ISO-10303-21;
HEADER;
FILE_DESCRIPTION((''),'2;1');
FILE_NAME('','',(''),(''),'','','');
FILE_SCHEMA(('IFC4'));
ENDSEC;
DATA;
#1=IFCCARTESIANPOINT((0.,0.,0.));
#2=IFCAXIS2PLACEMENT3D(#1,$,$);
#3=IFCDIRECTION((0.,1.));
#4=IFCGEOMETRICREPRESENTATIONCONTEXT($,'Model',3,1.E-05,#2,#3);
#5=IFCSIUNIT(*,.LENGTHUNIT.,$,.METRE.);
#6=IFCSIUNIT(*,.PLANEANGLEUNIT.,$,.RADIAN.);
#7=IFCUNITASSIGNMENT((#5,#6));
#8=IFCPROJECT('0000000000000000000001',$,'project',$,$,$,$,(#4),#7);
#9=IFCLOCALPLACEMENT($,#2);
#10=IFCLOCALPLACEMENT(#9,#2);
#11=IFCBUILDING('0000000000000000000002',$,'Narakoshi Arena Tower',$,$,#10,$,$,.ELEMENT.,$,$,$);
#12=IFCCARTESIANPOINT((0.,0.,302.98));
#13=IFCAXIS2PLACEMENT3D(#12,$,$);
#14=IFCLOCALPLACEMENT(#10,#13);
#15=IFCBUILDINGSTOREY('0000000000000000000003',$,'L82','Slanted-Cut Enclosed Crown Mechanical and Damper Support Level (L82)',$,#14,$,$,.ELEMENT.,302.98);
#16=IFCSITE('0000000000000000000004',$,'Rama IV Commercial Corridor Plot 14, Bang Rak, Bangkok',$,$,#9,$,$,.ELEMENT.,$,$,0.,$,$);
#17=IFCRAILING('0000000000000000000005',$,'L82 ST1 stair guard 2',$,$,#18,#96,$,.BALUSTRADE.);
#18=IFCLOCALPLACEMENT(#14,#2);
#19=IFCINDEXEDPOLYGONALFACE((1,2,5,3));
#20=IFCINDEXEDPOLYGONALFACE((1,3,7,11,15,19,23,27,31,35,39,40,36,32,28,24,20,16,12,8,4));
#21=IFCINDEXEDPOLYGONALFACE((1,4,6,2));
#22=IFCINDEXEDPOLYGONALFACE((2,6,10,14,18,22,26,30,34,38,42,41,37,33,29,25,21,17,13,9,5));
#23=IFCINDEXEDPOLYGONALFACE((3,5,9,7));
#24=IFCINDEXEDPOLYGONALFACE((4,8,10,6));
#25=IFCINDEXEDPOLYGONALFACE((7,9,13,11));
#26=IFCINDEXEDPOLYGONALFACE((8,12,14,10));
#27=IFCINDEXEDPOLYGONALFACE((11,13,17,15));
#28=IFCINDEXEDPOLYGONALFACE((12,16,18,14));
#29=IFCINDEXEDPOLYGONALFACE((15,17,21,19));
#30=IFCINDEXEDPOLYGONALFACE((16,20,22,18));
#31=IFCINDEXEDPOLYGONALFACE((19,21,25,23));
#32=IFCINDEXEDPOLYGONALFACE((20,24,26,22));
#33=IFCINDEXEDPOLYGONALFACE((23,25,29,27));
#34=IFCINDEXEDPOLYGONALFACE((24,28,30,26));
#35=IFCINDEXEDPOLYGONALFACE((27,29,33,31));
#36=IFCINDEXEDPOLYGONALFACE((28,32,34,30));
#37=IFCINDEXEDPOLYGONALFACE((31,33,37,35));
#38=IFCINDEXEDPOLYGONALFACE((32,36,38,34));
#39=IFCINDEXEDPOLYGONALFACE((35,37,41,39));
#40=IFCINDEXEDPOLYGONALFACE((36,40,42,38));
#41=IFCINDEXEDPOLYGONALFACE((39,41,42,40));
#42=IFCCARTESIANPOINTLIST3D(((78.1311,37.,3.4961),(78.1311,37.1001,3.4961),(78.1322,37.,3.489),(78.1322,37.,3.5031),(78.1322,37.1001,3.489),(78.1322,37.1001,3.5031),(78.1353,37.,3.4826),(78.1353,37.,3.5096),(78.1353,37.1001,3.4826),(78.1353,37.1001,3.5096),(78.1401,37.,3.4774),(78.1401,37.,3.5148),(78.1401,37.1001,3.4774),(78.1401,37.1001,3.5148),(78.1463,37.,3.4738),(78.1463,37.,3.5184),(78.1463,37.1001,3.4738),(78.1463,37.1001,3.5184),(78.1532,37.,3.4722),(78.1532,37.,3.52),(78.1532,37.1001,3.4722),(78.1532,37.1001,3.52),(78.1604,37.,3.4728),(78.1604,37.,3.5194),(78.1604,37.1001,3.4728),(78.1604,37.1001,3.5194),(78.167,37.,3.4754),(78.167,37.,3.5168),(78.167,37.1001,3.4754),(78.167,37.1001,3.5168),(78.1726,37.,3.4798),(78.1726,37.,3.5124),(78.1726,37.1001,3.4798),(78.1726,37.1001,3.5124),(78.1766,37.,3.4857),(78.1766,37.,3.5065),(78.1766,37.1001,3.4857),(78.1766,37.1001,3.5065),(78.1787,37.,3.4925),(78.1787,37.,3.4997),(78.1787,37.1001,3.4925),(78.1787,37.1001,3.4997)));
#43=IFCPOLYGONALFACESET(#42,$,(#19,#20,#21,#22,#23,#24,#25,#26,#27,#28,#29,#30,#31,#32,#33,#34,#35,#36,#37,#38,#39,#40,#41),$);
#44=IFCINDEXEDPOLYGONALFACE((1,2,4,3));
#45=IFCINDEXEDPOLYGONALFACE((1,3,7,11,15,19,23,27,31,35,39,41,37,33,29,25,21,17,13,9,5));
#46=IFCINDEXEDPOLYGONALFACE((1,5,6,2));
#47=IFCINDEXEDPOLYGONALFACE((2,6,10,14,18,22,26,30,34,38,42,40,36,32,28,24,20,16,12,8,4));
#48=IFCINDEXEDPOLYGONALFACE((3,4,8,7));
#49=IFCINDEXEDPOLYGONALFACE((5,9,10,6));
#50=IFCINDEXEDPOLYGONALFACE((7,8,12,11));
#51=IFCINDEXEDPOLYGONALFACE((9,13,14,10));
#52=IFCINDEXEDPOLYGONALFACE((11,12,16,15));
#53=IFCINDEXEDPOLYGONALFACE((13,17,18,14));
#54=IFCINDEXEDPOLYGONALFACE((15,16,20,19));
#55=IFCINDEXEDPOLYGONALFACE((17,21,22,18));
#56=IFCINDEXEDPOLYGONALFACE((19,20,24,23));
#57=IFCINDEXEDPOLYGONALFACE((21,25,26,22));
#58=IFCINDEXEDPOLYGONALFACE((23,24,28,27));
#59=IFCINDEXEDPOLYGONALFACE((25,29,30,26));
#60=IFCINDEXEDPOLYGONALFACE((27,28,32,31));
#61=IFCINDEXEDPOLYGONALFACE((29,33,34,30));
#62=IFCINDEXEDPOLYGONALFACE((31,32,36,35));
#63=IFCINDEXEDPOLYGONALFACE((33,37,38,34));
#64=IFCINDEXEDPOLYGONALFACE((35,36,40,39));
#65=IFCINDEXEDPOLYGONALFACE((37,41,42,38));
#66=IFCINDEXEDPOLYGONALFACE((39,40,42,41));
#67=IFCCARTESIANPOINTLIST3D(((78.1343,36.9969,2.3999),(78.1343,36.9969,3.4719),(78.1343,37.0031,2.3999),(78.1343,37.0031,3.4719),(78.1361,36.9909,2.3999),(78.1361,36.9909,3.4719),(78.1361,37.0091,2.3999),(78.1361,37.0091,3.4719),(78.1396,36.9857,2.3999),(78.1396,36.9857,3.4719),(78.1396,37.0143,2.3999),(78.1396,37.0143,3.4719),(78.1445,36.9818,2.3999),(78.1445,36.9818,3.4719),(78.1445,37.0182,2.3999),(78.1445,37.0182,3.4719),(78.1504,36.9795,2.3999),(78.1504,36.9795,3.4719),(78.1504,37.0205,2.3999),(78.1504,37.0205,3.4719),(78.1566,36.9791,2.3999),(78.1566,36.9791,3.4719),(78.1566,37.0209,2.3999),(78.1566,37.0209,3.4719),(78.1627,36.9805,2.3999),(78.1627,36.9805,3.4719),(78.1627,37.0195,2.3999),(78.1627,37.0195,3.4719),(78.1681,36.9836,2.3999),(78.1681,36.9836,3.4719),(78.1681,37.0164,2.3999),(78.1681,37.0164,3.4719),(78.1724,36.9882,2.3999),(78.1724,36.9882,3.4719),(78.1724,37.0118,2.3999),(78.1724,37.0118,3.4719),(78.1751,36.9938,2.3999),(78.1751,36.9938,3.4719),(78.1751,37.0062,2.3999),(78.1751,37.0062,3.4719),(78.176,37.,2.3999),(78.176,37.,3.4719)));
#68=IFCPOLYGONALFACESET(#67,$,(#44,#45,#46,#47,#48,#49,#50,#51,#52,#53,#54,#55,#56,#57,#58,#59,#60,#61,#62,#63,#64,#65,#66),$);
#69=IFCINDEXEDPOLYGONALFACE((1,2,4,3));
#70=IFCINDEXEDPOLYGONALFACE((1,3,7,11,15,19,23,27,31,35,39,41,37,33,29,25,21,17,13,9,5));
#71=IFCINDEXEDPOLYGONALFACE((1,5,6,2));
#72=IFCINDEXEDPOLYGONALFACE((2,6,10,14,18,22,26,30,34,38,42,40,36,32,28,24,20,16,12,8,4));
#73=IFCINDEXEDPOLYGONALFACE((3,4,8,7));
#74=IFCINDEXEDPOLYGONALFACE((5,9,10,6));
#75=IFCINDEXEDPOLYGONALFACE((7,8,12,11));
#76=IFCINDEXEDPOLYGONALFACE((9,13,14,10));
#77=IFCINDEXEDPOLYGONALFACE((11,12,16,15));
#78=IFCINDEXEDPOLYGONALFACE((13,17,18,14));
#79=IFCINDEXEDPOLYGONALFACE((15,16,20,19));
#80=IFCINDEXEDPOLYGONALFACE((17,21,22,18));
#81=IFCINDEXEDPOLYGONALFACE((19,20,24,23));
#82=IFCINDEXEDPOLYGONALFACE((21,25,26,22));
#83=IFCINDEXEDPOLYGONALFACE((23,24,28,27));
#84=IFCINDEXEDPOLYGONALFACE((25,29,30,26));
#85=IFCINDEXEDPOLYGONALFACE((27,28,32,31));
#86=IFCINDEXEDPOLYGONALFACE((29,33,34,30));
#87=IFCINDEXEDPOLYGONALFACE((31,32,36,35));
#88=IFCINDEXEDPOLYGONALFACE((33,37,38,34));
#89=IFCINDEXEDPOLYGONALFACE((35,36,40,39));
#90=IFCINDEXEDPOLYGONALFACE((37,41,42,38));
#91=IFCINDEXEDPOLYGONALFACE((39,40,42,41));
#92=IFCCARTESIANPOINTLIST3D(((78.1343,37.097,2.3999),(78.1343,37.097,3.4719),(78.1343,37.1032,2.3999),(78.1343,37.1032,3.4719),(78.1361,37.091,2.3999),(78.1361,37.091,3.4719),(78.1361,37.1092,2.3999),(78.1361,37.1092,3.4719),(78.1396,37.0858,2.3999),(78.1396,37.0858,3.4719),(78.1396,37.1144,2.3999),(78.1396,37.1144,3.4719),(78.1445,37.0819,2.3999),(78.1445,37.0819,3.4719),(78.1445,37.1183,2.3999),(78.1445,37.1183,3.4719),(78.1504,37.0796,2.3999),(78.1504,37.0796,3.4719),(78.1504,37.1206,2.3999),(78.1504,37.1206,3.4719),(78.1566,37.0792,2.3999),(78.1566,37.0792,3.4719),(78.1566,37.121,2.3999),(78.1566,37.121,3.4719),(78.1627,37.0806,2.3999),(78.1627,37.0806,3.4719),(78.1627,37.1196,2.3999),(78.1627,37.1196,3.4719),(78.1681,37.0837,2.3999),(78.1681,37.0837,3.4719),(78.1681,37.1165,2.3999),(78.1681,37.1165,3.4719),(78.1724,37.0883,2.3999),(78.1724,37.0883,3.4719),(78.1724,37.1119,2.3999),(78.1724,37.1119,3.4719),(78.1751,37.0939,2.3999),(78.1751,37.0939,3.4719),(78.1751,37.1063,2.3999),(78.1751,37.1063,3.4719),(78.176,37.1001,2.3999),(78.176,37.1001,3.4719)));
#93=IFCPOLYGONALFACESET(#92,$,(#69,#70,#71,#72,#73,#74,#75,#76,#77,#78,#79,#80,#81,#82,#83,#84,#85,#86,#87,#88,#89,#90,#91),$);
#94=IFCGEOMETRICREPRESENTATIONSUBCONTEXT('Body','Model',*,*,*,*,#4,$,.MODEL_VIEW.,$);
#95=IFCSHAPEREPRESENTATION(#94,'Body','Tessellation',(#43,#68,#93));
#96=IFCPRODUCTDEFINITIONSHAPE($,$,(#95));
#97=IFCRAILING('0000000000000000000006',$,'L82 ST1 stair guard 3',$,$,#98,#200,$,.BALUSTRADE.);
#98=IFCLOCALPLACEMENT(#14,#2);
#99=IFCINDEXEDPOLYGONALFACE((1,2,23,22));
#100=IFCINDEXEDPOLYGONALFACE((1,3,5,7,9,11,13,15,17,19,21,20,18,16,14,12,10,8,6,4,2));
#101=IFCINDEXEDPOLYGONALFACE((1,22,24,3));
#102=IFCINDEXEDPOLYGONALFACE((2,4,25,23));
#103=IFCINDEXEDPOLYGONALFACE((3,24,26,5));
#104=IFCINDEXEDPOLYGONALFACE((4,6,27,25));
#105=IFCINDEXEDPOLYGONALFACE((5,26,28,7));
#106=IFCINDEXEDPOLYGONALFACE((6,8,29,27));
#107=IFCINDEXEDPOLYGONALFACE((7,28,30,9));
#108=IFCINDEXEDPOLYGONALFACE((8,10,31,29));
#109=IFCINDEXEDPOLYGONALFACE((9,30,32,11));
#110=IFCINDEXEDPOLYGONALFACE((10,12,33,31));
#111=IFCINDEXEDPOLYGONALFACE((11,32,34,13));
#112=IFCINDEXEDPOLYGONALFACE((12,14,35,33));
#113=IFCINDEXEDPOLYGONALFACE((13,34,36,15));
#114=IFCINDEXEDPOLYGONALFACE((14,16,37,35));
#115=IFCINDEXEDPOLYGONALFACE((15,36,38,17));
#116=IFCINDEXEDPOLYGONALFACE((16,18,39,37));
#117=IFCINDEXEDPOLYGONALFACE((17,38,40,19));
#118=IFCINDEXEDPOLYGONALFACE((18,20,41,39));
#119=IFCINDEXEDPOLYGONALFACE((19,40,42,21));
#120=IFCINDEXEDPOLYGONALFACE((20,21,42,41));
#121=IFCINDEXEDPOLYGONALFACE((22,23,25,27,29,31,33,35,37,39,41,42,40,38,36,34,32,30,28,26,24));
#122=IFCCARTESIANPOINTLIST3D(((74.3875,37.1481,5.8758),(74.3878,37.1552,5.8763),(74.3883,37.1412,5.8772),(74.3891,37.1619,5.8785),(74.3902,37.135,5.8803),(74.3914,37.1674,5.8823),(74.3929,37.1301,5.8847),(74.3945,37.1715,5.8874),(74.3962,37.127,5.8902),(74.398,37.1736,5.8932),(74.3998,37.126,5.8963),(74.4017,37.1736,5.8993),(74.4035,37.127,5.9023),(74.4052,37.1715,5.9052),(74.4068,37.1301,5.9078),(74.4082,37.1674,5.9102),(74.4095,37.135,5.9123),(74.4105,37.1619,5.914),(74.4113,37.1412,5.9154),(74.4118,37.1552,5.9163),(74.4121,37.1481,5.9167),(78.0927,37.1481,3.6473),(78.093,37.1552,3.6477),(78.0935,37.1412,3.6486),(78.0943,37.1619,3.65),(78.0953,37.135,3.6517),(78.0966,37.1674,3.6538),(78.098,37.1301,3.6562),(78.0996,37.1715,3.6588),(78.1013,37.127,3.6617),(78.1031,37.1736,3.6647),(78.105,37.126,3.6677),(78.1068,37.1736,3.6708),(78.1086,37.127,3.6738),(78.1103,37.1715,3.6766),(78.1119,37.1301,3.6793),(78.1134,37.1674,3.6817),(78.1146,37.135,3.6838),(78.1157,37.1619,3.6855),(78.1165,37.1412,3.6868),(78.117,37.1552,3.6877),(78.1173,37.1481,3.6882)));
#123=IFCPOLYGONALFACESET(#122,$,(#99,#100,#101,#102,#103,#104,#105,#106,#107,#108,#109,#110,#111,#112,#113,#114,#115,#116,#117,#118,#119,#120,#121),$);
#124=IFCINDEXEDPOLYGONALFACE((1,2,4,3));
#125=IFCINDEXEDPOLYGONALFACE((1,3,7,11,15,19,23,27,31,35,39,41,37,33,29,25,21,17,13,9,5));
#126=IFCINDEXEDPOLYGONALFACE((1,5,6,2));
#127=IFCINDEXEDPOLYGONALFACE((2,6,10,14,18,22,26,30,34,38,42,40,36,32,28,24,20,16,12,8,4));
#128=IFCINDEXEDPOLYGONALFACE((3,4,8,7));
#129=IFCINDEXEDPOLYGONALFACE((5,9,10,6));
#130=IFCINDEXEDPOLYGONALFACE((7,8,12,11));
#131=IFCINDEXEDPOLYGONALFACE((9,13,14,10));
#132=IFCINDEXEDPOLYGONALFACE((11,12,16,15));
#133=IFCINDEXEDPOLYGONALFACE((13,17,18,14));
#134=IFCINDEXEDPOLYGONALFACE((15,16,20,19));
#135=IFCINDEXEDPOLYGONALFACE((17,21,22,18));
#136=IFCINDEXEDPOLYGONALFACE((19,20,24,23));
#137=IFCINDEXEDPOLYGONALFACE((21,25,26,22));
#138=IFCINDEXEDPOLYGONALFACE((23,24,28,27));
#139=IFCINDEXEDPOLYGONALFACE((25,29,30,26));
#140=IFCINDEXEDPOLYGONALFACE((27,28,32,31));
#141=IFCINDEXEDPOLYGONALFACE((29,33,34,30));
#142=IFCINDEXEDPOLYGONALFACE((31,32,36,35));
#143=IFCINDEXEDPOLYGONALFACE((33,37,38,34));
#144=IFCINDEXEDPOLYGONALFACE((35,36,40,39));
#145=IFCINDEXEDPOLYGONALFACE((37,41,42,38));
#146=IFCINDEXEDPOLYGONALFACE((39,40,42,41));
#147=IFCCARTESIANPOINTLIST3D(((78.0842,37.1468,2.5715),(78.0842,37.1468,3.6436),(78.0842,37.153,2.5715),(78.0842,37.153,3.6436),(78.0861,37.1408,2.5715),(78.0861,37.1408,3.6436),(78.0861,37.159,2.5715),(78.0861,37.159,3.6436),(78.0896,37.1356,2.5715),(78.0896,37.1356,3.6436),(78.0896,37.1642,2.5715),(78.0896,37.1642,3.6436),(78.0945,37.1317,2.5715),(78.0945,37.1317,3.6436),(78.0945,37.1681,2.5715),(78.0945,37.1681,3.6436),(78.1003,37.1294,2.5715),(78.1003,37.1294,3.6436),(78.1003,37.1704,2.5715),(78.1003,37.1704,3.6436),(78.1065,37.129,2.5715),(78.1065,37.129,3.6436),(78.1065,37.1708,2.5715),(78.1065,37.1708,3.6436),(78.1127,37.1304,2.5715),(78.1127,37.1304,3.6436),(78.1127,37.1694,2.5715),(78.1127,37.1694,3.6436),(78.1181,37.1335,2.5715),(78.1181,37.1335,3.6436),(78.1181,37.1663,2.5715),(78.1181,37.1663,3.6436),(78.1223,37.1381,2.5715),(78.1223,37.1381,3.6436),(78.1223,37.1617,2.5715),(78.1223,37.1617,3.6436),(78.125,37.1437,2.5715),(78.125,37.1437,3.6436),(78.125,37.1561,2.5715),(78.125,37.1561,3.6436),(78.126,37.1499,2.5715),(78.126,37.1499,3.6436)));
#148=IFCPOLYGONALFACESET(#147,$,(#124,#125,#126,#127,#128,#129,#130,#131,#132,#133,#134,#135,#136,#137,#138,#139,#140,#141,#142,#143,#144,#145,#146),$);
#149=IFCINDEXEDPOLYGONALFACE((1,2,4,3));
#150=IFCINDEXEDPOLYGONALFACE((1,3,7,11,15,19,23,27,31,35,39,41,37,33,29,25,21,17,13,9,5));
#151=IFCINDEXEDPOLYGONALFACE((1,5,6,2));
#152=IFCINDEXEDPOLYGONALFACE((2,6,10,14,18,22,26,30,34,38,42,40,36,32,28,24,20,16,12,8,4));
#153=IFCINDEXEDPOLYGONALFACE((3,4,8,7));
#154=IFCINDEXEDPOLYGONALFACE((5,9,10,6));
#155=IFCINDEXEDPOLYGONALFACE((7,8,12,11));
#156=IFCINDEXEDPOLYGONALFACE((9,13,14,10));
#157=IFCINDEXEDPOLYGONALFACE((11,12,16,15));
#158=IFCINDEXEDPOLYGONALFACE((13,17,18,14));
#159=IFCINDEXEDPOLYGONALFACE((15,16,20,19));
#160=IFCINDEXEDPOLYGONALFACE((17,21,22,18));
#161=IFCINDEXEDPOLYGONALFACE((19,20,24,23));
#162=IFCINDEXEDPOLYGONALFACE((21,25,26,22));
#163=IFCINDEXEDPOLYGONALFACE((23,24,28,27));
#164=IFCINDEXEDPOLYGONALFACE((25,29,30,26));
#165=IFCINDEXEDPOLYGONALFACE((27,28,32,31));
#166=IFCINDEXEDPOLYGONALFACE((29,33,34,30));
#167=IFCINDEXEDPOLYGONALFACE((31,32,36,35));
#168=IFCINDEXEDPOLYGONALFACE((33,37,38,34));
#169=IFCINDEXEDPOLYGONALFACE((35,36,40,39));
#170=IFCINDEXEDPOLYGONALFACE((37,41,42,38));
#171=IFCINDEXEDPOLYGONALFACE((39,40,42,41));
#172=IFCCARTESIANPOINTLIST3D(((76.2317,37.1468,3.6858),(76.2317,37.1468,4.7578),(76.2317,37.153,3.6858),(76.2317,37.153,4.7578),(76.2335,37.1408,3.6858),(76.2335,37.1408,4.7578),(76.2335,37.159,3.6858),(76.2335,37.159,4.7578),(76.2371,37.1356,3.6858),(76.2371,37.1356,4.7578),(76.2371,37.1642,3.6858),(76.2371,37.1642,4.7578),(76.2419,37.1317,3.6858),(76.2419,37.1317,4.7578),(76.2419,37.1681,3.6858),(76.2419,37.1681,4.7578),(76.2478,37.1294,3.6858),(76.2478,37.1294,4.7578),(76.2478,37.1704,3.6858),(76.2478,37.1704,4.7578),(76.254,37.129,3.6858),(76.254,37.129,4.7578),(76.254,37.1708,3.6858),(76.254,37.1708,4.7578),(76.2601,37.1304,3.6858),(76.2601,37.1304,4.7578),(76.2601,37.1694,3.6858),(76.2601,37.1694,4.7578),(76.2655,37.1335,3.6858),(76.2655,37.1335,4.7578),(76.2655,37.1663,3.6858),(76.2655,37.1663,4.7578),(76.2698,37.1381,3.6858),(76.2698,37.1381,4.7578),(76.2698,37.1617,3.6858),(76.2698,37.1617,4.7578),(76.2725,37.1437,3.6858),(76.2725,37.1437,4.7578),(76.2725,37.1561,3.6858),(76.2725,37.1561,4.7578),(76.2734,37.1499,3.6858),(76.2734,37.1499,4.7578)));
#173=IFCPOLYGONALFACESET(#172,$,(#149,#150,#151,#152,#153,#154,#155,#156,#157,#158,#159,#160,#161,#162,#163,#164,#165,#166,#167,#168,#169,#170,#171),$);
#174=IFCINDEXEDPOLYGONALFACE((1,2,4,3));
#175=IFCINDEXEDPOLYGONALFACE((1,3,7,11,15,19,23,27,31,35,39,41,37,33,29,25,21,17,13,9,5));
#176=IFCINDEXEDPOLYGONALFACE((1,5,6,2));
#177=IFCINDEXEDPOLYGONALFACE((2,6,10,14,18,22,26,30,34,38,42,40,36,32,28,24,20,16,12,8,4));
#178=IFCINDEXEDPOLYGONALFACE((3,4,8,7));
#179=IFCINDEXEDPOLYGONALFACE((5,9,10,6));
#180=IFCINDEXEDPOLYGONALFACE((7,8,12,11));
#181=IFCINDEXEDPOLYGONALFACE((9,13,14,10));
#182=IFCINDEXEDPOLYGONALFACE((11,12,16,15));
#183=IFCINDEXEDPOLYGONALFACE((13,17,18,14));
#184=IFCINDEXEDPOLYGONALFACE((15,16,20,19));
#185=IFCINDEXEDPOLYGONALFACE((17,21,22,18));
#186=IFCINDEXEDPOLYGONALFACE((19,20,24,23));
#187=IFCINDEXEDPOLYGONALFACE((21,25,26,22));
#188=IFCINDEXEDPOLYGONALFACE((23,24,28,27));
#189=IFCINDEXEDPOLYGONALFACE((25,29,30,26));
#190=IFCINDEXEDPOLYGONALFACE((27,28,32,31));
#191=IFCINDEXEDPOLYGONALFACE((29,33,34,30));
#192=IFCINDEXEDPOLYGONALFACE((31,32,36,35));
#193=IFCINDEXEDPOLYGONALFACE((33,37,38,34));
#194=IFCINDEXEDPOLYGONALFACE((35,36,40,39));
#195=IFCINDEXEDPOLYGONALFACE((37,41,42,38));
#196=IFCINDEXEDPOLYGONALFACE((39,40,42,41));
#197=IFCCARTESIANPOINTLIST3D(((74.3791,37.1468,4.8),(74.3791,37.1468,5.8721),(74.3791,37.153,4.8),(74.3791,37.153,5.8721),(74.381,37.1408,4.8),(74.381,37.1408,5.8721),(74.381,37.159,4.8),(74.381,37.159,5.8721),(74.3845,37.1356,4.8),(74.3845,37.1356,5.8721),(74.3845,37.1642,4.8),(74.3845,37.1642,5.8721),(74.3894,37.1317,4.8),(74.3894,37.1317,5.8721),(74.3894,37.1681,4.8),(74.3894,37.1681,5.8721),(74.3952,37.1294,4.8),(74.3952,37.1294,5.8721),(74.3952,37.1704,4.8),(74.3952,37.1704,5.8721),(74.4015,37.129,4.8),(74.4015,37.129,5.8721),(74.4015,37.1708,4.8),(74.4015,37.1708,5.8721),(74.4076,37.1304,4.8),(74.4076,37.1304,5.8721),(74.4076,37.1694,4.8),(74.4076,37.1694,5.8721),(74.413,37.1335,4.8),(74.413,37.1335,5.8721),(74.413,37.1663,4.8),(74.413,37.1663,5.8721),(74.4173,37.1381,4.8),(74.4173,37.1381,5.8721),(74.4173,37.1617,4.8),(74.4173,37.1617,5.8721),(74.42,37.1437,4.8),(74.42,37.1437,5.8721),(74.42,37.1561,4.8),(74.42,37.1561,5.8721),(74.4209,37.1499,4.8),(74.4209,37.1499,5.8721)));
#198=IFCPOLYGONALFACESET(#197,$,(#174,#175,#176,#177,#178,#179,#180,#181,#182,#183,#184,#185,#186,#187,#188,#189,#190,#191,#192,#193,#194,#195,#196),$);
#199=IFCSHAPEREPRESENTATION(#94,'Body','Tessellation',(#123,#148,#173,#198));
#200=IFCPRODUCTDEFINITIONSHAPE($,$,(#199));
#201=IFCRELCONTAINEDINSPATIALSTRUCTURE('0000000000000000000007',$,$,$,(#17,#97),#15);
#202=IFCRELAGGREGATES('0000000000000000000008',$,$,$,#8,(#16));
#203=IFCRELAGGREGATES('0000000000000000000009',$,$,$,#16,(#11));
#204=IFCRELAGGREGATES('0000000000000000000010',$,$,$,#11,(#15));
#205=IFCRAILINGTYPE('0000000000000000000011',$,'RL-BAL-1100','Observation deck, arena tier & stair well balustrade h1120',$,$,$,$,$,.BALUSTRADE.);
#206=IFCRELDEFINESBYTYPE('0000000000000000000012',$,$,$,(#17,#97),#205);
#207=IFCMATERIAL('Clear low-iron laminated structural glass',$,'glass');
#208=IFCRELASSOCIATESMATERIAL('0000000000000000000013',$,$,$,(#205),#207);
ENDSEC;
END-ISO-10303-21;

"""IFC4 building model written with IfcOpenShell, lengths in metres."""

from ifc_helpers import new_model, si_unit, direction, frame, origin, origin_2d, place, context, subcontext, project, spatial, circle, extrude, material, type_object, element, save


model = new_model("IFC4")

# Units and contexts
model_context = context("Model", 3, precision=1e-05, world=origin(), true_north=direction((0.0, 1.0)))
body_context = subcontext(model_context, "Body", "Model", "MODEL_VIEW")
ifc_project = project(units=[si_unit("LENGTHUNIT", "METRE"), si_unit("PLANEANGLEUNIT", "RADIAN")], contexts=[model_context])

# Site, building, storey
site_placement = place(None, origin())
site = spatial("IfcSite", under=ifc_project, at=site_placement, Name="Rama IV Commercial Corridor Plot 14, Bang Rak, Bangkok", CompositionType="ELEMENT", RefElevation=0.0)
building_placement = place(site_placement, origin())
building = spatial("IfcBuilding", under=site, at=building_placement, Name="Narakoshi Arena Tower", CompositionType="ELEMENT")
storey_placement = place(building_placement, frame((0.0, 0.0, 302.98)))
storey = spatial("IfcBuildingStorey", under=building, at=storey_placement, Name="L82", Description="Slanted-Cut Enclosed Crown Mechanical and Damper Support Level (L82)", CompositionType="ELEMENT", Elevation=302.98)

# Railings
ifc_material_1 = material(Name="Clear low-iron laminated structural glass", Category="glass")
railing_type_1 = type_object("IfcRailingType", Name="RL-BAL-1100", Description="Observation deck, arena tier & stair well balustrade h1120", PredefinedType="BALUSTRADE", material=ifc_material_1)
railing_1_placement = place(storey_placement, frame((78.155, 37.0, 2.3999)))
element("IfcRailing", 1, at=railing_1_placement, inside=storey, type_object=railing_type_1, Name="L82 ST1 stair guard 2", PredefinedType="BALUSTRADE", context=body_context, shape_type="SweptSolid", body=[
    extrude(circle(Radius=0.0239, at=origin_2d()), frame((0.0, 0.0, 1.0962), z_axis=(0.0, 1.0, 0.0), x_axis=(-1.0, 0.0, 0.0)), (0.0, 0.0, 1.0), 0.1001),
    extrude(circle(Radius=0.021, at=origin_2d()), origin(), (0.0, 0.0, 1.0), 1.072),
    extrude(circle(Radius=0.021, at=origin_2d()), frame((0.0, 0.1001, 0.0)), (0.0, 0.0, 1.0), 1.072),
])
railing_2_placement = place(storey_placement, frame((78.105, 37.1499, 2.5715)))
element("IfcRailing", 2, at=railing_2_placement, inside=storey, type_object=railing_type_1, Name="L82 ST1 stair guard 3", PredefinedType="BALUSTRADE", context=body_context, shape_type="SweptSolid", body=[
    extrude(circle(Radius=0.0239, at=origin_2d()), frame((0.0, 0.0, 1.0962), z_axis=(-0.856934, 0.0, 0.515425), x_axis=(0.0, -1.0, 0.0)), (0.0, 0.0, 1.0), 4.3237),
    extrude(circle(Radius=0.021, at=origin_2d()), origin(), (0.0, 0.0, 1.0), 1.072),
    extrude(circle(Radius=0.021, at=origin_2d()), frame((-1.8525, 0.0, 1.1143)), (0.0, 0.0, 1.0), 1.072),
    extrude(circle(Radius=0.021, at=origin_2d()), frame((-3.7051, 0.0, 2.2285)), (0.0, 0.0, 1.0), 1.072),
])

save(model, "model.ifc")
